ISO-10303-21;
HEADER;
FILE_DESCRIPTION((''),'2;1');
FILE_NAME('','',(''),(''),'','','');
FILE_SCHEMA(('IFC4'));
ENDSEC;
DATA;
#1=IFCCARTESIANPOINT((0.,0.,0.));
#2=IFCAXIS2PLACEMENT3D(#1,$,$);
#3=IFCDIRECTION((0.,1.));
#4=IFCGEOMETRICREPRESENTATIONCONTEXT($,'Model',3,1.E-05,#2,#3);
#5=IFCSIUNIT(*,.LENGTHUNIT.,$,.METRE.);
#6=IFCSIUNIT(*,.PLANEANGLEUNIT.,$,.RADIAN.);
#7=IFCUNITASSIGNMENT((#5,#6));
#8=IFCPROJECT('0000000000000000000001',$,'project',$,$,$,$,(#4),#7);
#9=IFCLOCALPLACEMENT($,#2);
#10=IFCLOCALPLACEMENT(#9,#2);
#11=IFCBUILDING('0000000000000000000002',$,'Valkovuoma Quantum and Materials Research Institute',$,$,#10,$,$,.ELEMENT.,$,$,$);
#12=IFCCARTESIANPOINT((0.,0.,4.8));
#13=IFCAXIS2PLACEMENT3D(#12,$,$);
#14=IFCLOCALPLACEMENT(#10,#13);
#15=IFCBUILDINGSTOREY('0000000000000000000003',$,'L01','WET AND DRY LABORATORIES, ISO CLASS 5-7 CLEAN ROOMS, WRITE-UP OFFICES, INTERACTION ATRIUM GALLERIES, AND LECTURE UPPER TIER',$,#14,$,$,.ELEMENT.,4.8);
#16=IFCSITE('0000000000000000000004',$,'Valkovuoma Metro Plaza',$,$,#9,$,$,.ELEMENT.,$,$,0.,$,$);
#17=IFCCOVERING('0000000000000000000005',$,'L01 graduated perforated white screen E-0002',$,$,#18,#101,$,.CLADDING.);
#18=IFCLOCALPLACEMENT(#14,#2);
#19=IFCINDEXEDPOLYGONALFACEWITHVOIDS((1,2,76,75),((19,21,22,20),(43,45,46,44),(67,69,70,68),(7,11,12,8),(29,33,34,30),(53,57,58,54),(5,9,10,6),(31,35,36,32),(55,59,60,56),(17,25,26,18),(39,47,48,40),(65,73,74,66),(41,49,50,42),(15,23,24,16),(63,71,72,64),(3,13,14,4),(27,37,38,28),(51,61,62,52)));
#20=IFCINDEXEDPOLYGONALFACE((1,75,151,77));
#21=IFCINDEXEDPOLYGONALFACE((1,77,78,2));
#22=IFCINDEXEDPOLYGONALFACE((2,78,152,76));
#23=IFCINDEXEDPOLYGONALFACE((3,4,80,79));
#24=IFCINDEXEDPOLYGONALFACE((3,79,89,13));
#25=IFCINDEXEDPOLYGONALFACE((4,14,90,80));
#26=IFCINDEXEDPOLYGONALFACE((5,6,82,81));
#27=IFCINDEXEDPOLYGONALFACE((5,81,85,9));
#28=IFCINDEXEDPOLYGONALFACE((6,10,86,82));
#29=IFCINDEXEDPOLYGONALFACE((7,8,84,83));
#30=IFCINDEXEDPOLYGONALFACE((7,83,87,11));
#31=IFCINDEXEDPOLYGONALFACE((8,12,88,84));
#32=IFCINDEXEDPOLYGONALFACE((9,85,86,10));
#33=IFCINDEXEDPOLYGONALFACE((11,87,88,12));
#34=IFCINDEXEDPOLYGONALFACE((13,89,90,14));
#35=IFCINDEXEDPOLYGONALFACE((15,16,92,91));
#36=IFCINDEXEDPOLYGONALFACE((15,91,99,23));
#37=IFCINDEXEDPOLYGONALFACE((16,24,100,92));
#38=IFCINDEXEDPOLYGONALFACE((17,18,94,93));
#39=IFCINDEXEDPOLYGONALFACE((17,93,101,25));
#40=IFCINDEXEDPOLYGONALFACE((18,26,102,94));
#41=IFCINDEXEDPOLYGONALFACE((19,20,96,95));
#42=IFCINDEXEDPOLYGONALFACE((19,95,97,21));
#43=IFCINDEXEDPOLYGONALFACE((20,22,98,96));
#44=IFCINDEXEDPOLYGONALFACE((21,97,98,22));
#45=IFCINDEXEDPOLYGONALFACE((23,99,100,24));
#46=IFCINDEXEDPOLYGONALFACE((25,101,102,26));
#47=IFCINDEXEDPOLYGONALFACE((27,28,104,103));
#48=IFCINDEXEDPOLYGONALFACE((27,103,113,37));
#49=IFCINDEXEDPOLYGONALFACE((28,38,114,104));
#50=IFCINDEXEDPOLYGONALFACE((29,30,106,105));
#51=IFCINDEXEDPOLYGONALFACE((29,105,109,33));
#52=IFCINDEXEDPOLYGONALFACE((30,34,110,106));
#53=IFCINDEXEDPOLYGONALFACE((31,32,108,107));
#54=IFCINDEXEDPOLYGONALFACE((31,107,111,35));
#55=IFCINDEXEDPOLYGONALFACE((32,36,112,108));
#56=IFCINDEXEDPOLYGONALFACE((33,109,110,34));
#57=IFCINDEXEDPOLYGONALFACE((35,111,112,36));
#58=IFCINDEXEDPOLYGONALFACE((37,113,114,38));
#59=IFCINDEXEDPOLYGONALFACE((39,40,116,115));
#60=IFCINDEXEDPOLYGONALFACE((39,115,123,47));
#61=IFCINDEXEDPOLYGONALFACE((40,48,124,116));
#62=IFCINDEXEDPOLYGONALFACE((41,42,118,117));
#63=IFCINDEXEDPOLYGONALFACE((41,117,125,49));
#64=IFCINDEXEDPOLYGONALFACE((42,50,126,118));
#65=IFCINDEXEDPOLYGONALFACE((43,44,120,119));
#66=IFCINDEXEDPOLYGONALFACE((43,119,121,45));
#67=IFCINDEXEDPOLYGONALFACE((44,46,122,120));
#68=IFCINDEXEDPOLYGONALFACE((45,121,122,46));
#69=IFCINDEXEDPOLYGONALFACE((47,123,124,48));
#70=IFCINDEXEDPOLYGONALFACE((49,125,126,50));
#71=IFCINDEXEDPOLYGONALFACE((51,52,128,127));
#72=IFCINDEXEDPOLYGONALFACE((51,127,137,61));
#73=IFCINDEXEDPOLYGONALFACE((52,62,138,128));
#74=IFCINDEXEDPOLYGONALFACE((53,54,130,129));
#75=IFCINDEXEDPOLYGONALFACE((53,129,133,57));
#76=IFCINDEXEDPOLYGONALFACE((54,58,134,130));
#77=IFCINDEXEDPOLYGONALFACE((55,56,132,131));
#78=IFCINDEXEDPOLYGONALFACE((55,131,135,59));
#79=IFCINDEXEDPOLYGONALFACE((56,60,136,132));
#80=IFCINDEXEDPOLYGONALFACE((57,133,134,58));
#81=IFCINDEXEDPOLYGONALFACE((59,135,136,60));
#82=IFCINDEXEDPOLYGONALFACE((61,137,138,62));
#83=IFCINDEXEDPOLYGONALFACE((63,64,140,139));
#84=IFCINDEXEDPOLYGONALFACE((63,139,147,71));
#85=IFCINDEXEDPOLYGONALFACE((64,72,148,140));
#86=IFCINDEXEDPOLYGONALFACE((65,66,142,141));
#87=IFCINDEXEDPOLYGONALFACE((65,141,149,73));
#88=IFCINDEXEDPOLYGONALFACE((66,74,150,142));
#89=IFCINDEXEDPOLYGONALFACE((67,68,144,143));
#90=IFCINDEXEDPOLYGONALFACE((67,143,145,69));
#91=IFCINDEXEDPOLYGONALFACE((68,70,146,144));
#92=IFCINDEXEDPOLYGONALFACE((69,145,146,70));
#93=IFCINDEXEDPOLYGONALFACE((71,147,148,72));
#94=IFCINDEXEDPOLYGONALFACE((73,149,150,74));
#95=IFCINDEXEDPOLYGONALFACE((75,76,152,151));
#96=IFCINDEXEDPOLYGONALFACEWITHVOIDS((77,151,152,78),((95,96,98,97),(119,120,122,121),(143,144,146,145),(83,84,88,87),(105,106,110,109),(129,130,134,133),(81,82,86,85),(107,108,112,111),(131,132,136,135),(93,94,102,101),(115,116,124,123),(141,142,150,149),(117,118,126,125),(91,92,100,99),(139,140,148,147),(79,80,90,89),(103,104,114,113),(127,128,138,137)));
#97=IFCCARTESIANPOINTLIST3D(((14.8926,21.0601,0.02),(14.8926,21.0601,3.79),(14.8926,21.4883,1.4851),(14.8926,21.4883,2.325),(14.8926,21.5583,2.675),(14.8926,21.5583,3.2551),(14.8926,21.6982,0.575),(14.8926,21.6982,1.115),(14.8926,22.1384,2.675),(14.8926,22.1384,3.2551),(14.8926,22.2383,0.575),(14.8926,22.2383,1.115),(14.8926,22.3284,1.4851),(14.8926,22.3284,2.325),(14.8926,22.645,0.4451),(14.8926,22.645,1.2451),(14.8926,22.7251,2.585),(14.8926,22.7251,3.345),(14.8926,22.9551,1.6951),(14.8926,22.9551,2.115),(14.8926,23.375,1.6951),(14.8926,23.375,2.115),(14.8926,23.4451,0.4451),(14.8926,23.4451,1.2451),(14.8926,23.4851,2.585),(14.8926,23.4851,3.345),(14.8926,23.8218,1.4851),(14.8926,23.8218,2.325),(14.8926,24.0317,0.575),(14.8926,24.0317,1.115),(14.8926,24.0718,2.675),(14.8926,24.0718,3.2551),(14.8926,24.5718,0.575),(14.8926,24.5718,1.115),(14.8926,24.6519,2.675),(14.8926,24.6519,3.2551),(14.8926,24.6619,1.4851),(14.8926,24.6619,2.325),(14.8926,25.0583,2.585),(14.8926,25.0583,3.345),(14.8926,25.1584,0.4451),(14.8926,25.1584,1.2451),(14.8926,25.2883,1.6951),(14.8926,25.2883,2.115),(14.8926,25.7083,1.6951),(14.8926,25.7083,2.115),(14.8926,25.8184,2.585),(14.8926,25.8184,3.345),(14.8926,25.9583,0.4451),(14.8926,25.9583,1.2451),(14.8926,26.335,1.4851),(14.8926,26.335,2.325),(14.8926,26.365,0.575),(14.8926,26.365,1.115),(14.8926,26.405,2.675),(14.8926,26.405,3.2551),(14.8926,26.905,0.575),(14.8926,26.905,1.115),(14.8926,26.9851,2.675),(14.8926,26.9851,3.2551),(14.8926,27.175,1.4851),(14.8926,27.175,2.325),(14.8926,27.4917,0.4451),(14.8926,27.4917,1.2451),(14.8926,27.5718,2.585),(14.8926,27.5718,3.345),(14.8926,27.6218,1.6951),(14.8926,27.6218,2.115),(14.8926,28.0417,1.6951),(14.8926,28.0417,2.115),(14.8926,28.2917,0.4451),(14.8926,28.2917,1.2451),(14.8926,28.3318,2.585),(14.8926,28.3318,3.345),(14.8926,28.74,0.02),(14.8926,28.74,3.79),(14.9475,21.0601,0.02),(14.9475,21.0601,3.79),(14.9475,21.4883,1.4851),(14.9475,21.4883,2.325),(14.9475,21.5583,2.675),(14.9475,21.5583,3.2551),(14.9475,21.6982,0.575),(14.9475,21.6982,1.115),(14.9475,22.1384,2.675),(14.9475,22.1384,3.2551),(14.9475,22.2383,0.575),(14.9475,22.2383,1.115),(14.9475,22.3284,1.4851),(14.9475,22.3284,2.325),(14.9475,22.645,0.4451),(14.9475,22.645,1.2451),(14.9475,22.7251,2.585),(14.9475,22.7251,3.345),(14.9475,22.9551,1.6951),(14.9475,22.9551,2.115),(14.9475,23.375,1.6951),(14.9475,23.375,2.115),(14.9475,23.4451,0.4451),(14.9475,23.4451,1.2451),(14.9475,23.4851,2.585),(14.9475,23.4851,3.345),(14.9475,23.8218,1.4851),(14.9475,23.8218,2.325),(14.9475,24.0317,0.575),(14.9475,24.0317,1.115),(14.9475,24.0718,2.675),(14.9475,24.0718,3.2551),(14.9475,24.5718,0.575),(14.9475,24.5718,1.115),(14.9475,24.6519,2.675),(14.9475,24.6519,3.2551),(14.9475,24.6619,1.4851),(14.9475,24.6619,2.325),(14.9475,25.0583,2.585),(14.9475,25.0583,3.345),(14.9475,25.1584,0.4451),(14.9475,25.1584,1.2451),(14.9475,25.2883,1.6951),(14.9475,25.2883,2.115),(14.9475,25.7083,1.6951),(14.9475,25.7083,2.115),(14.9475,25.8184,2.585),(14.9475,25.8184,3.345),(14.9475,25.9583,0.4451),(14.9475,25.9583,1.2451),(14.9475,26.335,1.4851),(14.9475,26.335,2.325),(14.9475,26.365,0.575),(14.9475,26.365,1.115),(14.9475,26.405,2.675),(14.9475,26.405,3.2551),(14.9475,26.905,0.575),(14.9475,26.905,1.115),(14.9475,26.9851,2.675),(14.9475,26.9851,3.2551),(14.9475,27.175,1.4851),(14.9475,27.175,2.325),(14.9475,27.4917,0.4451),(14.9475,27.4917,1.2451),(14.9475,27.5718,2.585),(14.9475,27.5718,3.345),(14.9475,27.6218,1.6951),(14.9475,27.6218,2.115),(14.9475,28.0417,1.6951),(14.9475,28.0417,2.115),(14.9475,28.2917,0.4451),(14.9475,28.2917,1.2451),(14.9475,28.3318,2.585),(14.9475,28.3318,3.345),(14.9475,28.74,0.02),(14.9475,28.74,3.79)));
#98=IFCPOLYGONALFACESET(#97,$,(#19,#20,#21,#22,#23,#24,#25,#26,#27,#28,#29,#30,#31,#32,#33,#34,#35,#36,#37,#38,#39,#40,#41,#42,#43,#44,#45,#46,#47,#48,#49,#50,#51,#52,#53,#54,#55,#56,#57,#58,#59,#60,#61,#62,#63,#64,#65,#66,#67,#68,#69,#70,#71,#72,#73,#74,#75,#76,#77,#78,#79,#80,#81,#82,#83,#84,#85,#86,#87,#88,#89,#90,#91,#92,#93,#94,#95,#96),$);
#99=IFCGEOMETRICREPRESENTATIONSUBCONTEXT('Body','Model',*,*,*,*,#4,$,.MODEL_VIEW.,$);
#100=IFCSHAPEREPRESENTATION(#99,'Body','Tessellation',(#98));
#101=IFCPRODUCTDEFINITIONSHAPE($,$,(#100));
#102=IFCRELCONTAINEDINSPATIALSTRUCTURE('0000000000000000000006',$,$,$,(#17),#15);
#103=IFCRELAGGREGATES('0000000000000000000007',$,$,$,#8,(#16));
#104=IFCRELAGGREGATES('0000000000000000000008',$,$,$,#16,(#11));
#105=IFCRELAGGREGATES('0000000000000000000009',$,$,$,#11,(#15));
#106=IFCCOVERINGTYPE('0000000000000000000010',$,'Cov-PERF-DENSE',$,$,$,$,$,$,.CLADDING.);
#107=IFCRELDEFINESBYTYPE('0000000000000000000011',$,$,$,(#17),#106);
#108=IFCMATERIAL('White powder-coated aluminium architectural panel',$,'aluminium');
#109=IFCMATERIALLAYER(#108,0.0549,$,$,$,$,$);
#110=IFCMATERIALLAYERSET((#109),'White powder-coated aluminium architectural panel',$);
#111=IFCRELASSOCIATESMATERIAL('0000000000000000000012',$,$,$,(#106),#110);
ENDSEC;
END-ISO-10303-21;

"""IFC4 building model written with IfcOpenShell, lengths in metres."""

from ifc_helpers import new_model, si_unit, direction, frame, origin, place, context, subcontext, project, spatial, polyline, outline, extrude, material, layer, layer_set, type_object, element, save


model = new_model("IFC4")

# Units and contexts
model_context = context("Model", 3, precision=1e-05, world=origin(), true_north=direction((0.0, 1.0)))
body_context = subcontext(model_context, "Body", "Model", "MODEL_VIEW")
ifc_project = project(units=[si_unit("LENGTHUNIT", "METRE"), si_unit("PLANEANGLEUNIT", "RADIAN")], contexts=[model_context])

# Site, building, storey
site_placement = place(None, origin())
site = spatial("IfcSite", under=ifc_project, at=site_placement, Name="Valkovuoma Metro Plaza", CompositionType="ELEMENT", RefElevation=0.0)
building_placement = place(site_placement, origin())
building = spatial("IfcBuilding", under=site, at=building_placement, Name="Valkovuoma Quantum and Materials Research Institute", CompositionType="ELEMENT")
storey_placement = place(building_placement, frame((0.0, 0.0, 4.8)))
storey = spatial("IfcBuildingStorey", under=building, at=storey_placement, Name="L01", Description="WET AND DRY LABORATORIES, ISO CLASS 5-7 CLEAN ROOMS, WRITE-UP OFFICES, INTERACTION ATRIUM GALLERIES, AND LECTURE UPPER TIER", CompositionType="ELEMENT", Elevation=4.8)

# Covering
ifc_material_1 = material(Name="White powder-coated aluminium architectural panel", Category="aluminium")
ifc_layer_1 = layer(ifc_material_1, 0.0549)
ifc_layer_set_1 = layer_set([ifc_layer_1], Name="White powder-coated aluminium architectural panel")
covering_type = type_object("IfcCoveringType", Name="Cov-PERF-DENSE", PredefinedType="CLADDING", material=ifc_layer_set_1)
covering_1_placement = place(storey_placement, frame((14.9199, 21.0601, 0.02), z_axis=(0.0, 0.0, 1.0), x_axis=(0.0, 1.0, 0.0)))
element("IfcCovering", 1, at=covering_1_placement, inside=storey, type_object=covering_type, Name="L01 graduated perforated white screen E-0002", PredefinedType="CLADDING", context=body_context, shape_type="SweptSolid", body=[
    extrude(outline(polyline([(0.0, 0.0), (7.6799, 0.0), (7.6799, 3.77), (0.0, 3.77), (0.0, 0.0)]), holes=[polyline([(0.6382, 0.5549), (0.6382, 1.095), (1.1782, 1.095), (1.1782, 0.5549), (0.6382, 0.5549)]), polyline([(0.4282, 1.4651), (0.4282, 2.3049), (1.2683, 2.3049), (1.2683, 1.4651), (0.4282, 1.4651)]), polyline([(0.4983, 2.655), (0.4983, 3.2351), (1.0784, 3.2351), (1.0784, 2.655), (0.4983, 2.655)]), polyline([(1.585, 0.425), (1.585, 1.2251), (2.385, 1.2251), (2.385, 0.425), (1.585, 0.425)]), polyline([(1.895, 1.675), (1.895, 2.095), (2.3149, 2.095), (2.3149, 1.675), (1.895, 1.675)]), polyline([(1.665, 2.5649), (1.665, 3.325), (2.425, 3.325), (2.425, 2.5649), (1.665, 2.5649)]), polyline([(2.9717, 0.5549), (2.9717, 1.095), (3.5117, 1.095), (3.5117, 0.5549), (2.9717, 0.5549)]), polyline([(2.7617, 1.4651), (2.7617, 2.3049), (3.6018, 2.3049), (3.6018, 1.4651), (2.7617, 1.4651)]), polyline([(3.0117, 2.655), (3.0117, 3.2351), (3.5918, 3.2351), (3.5918, 2.655), (3.0117, 2.655)]), polyline([(4.0984, 0.425), (4.0984, 1.2251), (4.8982, 1.2251), (4.8982, 0.425), (4.0984, 0.425)]), polyline([(4.2283, 1.675), (4.2283, 2.095), (4.6482, 2.095), (4.6482, 1.675), (4.2283, 1.675)]), polyline([(3.9983, 2.5649), (3.9983, 3.325), (4.7583, 3.325), (4.7583, 2.5649), (3.9983, 2.5649)]), polyline([(5.3049, 0.5549), (5.3049, 1.095), (5.845, 1.095), (5.845, 0.5549), (5.3049, 0.5549)]), polyline([(5.2749, 1.4651), (5.2749, 2.3049), (6.115, 2.3049), (6.115, 1.4651), (5.2749, 1.4651)]), polyline([(5.345, 2.655), (5.345, 3.2351), (5.925, 3.2351), (5.925, 2.655), (5.345, 2.655)]), polyline([(6.4316, 0.425), (6.4316, 1.2251), (7.2317, 1.2251), (7.2317, 0.425), (6.4316, 0.425)]), polyline([(6.5618, 1.675), (6.5618, 2.095), (6.9817, 2.095), (6.9817, 1.675), (6.5618, 1.675)]), polyline([(6.5117, 2.5649), (6.5117, 3.325), (7.2717, 3.325), (7.2717, 2.5649), (6.5117, 2.5649)])]), frame((0.0, 0.0273, 0.0), z_axis=(0.0, -1.0, 0.0), x_axis=(1.0, 0.0, 0.0)), (0.0, 0.0, 1.0), 0.0549),
])

save(model, "model.ifc")
